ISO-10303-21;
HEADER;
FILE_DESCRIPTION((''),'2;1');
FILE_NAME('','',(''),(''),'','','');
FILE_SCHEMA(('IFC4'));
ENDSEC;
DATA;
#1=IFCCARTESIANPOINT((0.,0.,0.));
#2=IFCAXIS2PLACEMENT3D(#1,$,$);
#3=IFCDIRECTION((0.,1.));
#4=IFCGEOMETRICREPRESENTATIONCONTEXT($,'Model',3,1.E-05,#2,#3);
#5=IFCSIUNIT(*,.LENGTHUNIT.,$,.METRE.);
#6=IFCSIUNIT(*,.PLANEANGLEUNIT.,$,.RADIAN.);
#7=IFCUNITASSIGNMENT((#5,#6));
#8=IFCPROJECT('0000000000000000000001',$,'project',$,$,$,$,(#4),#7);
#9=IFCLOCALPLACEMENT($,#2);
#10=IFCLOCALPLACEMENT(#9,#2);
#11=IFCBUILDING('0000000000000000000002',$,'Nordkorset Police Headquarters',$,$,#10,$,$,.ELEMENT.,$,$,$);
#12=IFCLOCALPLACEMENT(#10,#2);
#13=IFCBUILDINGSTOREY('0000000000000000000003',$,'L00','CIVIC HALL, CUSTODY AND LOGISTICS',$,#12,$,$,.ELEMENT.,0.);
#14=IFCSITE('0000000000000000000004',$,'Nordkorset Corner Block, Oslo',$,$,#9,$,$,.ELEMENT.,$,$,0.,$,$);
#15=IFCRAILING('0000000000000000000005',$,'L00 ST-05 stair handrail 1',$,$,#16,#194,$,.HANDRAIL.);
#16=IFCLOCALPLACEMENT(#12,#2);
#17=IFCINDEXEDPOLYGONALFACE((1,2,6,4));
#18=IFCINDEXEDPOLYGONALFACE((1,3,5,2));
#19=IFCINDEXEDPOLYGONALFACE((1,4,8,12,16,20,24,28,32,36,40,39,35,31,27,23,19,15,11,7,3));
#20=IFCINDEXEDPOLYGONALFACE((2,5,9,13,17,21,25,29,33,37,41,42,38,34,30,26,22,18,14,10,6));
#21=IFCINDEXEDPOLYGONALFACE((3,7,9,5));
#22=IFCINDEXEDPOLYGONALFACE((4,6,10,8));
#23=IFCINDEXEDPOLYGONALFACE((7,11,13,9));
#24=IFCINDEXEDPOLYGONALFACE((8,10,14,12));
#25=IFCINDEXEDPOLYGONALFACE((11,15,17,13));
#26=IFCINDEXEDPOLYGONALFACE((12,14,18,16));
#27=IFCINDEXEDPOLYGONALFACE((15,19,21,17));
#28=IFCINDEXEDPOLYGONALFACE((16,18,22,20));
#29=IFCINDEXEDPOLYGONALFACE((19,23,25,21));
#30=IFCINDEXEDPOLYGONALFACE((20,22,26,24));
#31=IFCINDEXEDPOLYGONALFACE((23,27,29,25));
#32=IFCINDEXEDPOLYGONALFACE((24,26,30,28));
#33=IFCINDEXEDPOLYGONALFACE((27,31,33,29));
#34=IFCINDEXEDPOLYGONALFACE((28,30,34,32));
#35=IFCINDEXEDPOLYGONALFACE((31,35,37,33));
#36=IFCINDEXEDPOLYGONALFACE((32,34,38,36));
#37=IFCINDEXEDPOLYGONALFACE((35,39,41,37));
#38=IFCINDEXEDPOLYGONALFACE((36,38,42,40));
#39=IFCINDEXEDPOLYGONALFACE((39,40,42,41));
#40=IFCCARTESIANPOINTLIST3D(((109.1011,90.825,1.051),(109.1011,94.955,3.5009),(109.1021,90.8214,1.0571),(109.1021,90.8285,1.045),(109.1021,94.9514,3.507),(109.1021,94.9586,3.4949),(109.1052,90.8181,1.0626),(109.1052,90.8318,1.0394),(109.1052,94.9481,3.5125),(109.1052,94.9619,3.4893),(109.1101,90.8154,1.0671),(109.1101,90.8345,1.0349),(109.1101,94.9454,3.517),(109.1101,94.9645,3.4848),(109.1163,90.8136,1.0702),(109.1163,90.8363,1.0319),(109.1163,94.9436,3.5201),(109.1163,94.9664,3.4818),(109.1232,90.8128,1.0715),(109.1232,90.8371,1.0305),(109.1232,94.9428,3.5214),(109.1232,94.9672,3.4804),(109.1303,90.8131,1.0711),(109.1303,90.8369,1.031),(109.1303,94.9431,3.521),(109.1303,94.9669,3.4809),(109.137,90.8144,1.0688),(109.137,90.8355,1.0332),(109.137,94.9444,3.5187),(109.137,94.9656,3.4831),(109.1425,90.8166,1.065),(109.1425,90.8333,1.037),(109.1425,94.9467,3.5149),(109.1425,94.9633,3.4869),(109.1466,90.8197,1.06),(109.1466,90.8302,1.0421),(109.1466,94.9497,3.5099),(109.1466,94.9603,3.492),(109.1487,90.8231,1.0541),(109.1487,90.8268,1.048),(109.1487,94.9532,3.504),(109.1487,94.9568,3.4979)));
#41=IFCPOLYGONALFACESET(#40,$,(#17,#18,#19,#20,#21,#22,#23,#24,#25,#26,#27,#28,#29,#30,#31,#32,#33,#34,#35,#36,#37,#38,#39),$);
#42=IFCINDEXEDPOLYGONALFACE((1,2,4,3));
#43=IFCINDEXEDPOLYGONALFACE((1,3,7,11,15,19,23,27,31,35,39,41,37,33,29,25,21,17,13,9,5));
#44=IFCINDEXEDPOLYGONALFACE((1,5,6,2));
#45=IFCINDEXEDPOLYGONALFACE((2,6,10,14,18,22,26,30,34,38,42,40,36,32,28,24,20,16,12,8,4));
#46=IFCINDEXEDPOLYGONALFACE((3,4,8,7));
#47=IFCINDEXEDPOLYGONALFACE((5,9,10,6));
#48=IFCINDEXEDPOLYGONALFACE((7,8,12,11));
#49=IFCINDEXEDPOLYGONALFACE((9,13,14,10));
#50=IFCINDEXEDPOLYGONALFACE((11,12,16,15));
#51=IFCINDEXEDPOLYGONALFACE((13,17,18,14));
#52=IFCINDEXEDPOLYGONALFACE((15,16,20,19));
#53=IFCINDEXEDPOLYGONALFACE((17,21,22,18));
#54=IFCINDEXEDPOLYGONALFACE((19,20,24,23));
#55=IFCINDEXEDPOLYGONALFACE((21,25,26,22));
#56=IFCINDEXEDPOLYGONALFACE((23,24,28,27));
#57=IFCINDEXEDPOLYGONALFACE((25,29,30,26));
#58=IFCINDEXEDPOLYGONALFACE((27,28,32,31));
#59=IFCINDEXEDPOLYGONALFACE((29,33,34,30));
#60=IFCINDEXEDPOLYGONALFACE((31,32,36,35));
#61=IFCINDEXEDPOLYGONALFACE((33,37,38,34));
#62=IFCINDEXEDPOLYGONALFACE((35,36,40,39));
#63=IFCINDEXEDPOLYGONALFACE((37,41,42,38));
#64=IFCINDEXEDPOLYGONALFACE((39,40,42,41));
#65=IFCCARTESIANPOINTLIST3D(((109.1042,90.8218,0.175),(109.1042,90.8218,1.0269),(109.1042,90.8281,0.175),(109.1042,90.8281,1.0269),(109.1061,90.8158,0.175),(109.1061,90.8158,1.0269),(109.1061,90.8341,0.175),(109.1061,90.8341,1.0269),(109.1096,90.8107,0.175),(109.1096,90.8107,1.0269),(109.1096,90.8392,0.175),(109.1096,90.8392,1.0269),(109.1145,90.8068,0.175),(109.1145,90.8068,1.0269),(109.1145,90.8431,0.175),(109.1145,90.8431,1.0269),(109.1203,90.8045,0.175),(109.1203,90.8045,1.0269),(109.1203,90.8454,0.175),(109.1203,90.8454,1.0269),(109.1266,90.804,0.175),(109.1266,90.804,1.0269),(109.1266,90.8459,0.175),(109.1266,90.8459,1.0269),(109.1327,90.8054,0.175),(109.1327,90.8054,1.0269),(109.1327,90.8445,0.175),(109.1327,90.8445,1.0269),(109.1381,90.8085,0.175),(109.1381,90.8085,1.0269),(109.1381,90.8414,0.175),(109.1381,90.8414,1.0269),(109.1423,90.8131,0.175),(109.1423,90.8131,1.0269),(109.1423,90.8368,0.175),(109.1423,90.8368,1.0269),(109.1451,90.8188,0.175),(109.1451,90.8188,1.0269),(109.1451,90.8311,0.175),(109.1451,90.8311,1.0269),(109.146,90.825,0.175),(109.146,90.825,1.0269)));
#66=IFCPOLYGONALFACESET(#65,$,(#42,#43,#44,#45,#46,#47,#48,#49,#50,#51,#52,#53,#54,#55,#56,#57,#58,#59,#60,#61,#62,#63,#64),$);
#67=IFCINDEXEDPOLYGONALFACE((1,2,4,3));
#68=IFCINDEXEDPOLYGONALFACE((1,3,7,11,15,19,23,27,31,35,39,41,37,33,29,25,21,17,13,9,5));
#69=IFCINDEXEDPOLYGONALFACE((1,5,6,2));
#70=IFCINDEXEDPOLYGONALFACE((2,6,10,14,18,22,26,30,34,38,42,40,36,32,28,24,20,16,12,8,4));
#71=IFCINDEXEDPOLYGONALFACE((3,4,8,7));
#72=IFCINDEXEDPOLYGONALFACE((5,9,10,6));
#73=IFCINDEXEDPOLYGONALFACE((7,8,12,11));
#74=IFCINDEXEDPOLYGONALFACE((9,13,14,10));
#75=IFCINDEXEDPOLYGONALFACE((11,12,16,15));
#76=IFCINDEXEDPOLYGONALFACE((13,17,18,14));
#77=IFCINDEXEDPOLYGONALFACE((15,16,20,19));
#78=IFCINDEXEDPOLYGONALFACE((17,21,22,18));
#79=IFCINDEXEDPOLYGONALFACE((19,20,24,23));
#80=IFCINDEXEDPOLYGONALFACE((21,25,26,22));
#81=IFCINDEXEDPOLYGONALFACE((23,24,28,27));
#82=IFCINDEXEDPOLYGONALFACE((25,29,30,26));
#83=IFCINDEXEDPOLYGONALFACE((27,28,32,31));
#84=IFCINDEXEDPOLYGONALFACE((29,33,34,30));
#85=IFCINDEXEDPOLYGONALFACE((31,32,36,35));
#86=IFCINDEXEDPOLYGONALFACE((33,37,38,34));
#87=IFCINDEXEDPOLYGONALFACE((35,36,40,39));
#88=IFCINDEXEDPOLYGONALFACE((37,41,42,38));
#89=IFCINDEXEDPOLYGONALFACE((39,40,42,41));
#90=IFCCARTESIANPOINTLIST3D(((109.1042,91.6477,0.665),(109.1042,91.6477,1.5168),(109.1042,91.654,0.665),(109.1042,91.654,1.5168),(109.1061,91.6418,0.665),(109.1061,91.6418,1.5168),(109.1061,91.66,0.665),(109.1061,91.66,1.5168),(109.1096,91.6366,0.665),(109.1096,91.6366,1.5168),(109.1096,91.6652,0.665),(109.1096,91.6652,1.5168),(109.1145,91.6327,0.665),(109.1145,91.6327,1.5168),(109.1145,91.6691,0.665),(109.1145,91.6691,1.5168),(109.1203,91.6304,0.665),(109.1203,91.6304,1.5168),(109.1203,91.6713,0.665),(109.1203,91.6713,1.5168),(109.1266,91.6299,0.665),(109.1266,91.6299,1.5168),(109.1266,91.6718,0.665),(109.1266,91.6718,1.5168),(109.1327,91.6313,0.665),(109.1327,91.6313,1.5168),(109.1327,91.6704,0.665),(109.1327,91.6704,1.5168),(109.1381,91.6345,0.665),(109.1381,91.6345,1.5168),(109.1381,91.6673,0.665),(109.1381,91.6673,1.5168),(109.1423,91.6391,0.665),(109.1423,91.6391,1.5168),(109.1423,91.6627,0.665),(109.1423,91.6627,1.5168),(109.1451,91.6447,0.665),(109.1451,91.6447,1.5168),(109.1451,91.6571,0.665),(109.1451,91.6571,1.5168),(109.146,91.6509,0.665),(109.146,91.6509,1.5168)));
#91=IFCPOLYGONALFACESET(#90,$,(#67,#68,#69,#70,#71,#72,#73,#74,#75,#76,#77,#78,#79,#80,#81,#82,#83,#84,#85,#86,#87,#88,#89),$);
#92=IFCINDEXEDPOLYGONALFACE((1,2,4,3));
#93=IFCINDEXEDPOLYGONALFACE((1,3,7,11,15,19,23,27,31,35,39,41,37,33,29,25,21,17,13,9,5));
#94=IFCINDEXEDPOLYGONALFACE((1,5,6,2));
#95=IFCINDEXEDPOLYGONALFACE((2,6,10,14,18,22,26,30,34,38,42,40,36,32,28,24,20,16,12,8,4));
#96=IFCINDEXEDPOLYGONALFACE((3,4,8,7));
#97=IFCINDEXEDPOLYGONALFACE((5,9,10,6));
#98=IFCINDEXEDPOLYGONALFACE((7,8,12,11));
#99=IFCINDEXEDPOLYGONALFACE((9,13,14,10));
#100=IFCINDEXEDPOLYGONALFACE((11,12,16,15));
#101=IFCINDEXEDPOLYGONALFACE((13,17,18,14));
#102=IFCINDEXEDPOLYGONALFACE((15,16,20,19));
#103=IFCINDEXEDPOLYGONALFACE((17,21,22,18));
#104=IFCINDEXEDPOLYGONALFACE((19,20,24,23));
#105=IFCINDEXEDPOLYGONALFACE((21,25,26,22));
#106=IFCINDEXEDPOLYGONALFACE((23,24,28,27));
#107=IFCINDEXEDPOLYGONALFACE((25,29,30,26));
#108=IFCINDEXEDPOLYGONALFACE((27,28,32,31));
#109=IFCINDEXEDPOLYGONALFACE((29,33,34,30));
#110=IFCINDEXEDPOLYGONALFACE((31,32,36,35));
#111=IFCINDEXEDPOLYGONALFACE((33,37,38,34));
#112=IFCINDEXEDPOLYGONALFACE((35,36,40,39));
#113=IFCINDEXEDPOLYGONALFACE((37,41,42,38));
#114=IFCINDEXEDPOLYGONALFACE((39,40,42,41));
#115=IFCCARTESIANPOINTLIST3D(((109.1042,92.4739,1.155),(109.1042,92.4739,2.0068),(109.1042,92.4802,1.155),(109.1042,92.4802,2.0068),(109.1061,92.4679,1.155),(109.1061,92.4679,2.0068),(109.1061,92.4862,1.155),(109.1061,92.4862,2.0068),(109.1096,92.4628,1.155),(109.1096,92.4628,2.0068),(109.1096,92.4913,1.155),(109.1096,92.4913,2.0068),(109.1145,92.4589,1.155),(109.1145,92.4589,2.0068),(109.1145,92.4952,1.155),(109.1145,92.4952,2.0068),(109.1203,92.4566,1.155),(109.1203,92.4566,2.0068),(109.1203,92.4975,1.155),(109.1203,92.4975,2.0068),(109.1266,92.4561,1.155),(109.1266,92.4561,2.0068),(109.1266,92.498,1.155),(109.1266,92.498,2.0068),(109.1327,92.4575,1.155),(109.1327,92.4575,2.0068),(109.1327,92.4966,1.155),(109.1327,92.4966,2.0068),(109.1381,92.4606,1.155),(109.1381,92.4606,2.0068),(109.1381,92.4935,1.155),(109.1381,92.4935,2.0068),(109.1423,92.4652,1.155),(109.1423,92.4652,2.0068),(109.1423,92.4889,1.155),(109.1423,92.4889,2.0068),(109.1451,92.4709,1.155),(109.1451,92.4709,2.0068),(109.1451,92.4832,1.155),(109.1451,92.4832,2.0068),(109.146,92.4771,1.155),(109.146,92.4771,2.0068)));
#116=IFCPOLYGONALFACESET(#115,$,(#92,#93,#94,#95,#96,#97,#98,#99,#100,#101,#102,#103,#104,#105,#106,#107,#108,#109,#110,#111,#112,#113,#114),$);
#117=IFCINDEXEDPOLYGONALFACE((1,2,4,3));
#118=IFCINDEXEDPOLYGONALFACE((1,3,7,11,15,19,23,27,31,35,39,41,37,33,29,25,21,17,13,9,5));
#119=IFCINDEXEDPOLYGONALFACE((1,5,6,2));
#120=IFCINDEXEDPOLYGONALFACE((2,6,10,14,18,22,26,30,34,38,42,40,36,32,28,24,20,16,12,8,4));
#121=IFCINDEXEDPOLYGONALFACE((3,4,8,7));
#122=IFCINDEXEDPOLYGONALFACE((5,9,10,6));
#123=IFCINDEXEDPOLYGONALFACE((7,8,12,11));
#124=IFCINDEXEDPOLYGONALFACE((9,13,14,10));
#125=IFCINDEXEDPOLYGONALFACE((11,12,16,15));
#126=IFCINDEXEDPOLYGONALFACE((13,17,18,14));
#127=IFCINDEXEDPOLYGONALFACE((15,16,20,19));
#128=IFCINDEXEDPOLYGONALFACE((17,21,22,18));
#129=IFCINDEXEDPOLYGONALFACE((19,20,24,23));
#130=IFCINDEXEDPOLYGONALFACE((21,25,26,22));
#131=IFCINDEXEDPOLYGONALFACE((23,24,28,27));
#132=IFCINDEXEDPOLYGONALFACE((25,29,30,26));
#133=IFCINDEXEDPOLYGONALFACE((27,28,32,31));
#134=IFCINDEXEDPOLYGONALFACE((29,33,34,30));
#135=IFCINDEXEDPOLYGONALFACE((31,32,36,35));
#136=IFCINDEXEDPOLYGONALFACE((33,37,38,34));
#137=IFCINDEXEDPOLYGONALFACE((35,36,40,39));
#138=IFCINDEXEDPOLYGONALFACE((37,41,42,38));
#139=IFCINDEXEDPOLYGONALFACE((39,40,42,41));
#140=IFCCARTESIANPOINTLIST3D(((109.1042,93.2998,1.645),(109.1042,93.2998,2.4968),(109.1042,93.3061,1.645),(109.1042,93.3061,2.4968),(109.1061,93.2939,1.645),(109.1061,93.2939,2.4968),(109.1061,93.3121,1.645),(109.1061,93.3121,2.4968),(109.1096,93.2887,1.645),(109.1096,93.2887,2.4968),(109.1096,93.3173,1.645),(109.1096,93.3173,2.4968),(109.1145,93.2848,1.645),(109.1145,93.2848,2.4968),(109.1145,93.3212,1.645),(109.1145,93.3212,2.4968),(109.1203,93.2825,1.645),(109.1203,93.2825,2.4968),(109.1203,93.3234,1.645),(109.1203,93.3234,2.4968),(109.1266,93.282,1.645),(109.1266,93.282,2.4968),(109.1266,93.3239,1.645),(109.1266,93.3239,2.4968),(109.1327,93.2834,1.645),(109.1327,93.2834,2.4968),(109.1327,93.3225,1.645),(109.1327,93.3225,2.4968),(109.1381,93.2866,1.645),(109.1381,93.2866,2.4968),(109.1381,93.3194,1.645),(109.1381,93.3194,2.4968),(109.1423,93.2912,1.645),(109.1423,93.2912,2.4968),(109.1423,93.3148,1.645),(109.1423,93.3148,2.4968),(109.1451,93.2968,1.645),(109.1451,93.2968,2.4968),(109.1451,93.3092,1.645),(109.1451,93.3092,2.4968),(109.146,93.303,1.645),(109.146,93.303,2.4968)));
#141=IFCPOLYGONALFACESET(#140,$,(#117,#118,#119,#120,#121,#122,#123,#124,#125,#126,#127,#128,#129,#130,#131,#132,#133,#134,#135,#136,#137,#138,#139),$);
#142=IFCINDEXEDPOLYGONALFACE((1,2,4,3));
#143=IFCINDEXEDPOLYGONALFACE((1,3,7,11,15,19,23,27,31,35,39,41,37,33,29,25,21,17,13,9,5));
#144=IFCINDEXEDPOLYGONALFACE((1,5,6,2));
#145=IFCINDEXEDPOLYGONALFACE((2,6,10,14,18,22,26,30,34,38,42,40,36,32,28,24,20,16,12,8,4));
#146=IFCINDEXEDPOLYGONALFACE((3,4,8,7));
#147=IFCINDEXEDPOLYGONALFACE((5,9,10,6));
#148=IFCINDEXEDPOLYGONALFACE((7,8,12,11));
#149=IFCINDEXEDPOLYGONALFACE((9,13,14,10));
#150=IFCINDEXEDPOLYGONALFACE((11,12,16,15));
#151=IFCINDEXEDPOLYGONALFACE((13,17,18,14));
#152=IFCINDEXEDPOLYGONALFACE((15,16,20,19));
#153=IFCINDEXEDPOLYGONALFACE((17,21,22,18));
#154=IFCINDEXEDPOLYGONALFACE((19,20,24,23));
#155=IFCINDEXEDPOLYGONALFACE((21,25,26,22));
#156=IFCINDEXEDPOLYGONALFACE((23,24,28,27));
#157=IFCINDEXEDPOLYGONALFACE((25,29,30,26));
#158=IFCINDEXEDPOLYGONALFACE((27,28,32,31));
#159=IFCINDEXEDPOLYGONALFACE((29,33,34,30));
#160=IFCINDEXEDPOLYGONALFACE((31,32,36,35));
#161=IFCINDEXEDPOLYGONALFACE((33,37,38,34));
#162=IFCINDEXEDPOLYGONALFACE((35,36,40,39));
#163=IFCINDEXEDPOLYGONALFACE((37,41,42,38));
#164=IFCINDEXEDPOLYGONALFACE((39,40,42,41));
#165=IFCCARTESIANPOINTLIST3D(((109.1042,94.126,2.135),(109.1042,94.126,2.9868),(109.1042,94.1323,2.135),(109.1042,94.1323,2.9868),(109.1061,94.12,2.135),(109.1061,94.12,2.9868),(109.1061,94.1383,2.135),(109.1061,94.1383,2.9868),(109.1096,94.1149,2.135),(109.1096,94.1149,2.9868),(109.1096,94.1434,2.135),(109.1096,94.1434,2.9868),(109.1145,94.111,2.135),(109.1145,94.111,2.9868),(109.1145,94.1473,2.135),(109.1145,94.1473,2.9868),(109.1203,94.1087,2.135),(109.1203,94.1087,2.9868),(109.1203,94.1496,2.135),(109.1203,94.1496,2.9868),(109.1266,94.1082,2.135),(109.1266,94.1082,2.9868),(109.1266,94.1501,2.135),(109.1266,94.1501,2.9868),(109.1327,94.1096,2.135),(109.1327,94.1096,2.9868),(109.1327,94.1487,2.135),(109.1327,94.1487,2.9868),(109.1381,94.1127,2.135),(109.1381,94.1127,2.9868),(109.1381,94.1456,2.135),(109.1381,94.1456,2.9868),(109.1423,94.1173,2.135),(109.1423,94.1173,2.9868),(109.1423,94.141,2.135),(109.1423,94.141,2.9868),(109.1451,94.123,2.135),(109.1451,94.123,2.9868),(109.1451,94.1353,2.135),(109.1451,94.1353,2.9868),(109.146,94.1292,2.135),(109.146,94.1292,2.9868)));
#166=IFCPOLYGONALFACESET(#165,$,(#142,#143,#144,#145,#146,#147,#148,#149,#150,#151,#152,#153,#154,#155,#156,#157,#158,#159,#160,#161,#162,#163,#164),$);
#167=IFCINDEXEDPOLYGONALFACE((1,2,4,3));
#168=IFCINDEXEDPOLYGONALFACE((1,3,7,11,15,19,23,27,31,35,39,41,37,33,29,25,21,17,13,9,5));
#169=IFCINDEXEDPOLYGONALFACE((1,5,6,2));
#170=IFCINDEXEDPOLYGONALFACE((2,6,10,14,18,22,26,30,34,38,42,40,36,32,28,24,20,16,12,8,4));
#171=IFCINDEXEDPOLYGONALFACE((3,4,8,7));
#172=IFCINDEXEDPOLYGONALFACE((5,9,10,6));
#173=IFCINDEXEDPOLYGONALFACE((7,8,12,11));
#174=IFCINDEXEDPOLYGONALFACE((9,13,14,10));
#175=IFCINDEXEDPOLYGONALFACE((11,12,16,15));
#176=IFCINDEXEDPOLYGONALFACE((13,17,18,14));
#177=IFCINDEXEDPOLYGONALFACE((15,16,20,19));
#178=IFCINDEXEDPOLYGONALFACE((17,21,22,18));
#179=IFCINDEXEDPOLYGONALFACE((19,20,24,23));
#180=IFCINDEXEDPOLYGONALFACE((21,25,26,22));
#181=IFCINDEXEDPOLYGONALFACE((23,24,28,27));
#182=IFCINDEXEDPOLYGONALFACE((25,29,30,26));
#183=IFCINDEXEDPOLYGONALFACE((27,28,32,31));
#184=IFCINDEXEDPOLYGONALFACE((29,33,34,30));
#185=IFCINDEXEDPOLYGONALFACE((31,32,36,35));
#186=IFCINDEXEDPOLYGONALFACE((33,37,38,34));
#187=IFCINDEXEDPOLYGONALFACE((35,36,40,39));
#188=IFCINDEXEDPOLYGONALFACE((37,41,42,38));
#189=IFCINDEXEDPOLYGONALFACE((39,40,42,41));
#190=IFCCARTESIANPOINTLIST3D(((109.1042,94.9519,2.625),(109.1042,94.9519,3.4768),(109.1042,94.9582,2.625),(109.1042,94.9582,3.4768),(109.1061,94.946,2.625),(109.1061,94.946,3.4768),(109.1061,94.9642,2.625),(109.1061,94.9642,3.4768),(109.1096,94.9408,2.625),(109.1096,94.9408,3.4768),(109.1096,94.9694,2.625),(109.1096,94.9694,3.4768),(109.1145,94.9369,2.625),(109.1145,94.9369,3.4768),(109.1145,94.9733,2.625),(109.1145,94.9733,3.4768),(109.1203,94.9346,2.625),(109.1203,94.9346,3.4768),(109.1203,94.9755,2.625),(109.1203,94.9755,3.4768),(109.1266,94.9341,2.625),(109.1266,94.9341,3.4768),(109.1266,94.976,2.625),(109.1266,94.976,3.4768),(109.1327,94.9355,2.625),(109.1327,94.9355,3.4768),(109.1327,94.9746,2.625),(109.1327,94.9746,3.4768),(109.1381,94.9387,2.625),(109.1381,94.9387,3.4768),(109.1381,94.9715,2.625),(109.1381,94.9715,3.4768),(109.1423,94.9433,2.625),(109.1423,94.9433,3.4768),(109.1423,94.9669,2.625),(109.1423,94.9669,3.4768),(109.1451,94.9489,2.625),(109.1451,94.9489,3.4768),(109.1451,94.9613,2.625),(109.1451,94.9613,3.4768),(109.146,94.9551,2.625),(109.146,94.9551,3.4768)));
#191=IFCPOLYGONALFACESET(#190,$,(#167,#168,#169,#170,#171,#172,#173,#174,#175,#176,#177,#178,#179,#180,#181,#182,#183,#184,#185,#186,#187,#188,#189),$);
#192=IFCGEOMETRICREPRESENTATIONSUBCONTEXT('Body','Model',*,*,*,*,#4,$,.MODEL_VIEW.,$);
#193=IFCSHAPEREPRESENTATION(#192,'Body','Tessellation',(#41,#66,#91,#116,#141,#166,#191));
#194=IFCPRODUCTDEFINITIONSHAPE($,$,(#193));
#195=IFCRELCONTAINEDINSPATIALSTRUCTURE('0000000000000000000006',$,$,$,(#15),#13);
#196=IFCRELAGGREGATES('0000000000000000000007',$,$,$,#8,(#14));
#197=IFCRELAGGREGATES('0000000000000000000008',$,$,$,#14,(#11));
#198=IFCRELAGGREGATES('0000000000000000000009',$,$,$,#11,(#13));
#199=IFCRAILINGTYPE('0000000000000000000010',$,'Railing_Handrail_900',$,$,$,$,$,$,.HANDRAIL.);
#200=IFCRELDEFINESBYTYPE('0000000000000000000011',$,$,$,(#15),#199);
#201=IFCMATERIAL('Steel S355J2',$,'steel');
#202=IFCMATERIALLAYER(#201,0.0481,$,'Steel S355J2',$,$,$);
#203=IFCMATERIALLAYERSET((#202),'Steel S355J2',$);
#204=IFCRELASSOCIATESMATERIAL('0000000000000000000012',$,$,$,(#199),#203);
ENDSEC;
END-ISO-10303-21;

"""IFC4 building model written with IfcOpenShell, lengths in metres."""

from ifc_helpers import new_model, si_unit, direction, frame, origin, origin_2d, place, context, subcontext, project, spatial, circle, extrude, material, layer, layer_set, type_object, element, save


model = new_model("IFC4")

# Units and contexts
model_context = context("Model", 3, precision=1e-05, world=origin(), true_north=direction((0.0, 1.0)))
body_context = subcontext(model_context, "Body", "Model", "MODEL_VIEW")
ifc_project = project(units=[si_unit("LENGTHUNIT", "METRE"), si_unit("PLANEANGLEUNIT", "RADIAN")], contexts=[model_context])

# Site, building, storey
site_placement = place(None, origin())
site = spatial("IfcSite", under=ifc_project, at=site_placement, Name="Nordkorset Corner Block, Oslo", CompositionType="ELEMENT", RefElevation=0.0)
building_placement = place(site_placement, origin())
building = spatial("IfcBuilding", under=site, at=building_placement, Name="Nordkorset Police Headquarters", CompositionType="ELEMENT")
storey_placement = place(building_placement, origin())
storey = spatial("IfcBuildingStorey", under=building, at=storey_placement, Name="L00", Description="CIVIC HALL, CUSTODY AND LOGISTICS", CompositionType="ELEMENT", Elevation=0.0)

# Railing
ifc_material_1 = material(Name="Steel S355J2", Category="steel")
ifc_layer_1 = layer(ifc_material_1, 0.0481, Name="Steel S355J2")
ifc_layer_set_1 = layer_set([ifc_layer_1], Name="Steel S355J2")
railing_type_1 = type_object("IfcRailingType", Name="Railing_Handrail_900", PredefinedType="HANDRAIL", material=ifc_layer_set_1)
railing_1_placement = place(storey_placement, frame((109.125, 90.825, 0.175)))
element("IfcRailing", 1, at=railing_1_placement, inside=storey, type_object=railing_type_1, Name="L00 ST-05 stair handrail 1", PredefinedType="HANDRAIL", context=body_context, shape_type="SweptSolid", body=[
    extrude(circle(Radius=0.0239, at=origin_2d()), frame((0.0, 0.0, 0.876), z_axis=(0.0, 0.860066, 0.510183), x_axis=(-1.0, 0.0, 0.0)), (0.0, 0.0, 1.0), 4.802),
    extrude(circle(Radius=0.021, at=origin_2d()), origin(), (0.0, 0.0, 1.0), 0.8518),
    extrude(circle(Radius=0.021, at=origin_2d()), frame((0.0, 0.8259, 0.49)), (0.0, 0.0, 1.0), 0.8518),
    extrude(circle(Radius=0.021, at=origin_2d()), frame((0.0, 1.6521, 0.98)), (0.0, 0.0, 1.0), 0.8518),
    extrude(circle(Radius=0.021, at=origin_2d()), frame((0.0, 2.478, 1.47)), (0.0, 0.0, 1.0), 0.8518),
    extrude(circle(Radius=0.021, at=origin_2d()), frame((0.0, 3.3042, 1.96)), (0.0, 0.0, 1.0), 0.8518),
    extrude(circle(Radius=0.021, at=origin_2d()), frame((0.0, 4.1301, 2.45)), (0.0, 0.0, 1.0), 0.8518),
])

save(model, "model.ifc")
